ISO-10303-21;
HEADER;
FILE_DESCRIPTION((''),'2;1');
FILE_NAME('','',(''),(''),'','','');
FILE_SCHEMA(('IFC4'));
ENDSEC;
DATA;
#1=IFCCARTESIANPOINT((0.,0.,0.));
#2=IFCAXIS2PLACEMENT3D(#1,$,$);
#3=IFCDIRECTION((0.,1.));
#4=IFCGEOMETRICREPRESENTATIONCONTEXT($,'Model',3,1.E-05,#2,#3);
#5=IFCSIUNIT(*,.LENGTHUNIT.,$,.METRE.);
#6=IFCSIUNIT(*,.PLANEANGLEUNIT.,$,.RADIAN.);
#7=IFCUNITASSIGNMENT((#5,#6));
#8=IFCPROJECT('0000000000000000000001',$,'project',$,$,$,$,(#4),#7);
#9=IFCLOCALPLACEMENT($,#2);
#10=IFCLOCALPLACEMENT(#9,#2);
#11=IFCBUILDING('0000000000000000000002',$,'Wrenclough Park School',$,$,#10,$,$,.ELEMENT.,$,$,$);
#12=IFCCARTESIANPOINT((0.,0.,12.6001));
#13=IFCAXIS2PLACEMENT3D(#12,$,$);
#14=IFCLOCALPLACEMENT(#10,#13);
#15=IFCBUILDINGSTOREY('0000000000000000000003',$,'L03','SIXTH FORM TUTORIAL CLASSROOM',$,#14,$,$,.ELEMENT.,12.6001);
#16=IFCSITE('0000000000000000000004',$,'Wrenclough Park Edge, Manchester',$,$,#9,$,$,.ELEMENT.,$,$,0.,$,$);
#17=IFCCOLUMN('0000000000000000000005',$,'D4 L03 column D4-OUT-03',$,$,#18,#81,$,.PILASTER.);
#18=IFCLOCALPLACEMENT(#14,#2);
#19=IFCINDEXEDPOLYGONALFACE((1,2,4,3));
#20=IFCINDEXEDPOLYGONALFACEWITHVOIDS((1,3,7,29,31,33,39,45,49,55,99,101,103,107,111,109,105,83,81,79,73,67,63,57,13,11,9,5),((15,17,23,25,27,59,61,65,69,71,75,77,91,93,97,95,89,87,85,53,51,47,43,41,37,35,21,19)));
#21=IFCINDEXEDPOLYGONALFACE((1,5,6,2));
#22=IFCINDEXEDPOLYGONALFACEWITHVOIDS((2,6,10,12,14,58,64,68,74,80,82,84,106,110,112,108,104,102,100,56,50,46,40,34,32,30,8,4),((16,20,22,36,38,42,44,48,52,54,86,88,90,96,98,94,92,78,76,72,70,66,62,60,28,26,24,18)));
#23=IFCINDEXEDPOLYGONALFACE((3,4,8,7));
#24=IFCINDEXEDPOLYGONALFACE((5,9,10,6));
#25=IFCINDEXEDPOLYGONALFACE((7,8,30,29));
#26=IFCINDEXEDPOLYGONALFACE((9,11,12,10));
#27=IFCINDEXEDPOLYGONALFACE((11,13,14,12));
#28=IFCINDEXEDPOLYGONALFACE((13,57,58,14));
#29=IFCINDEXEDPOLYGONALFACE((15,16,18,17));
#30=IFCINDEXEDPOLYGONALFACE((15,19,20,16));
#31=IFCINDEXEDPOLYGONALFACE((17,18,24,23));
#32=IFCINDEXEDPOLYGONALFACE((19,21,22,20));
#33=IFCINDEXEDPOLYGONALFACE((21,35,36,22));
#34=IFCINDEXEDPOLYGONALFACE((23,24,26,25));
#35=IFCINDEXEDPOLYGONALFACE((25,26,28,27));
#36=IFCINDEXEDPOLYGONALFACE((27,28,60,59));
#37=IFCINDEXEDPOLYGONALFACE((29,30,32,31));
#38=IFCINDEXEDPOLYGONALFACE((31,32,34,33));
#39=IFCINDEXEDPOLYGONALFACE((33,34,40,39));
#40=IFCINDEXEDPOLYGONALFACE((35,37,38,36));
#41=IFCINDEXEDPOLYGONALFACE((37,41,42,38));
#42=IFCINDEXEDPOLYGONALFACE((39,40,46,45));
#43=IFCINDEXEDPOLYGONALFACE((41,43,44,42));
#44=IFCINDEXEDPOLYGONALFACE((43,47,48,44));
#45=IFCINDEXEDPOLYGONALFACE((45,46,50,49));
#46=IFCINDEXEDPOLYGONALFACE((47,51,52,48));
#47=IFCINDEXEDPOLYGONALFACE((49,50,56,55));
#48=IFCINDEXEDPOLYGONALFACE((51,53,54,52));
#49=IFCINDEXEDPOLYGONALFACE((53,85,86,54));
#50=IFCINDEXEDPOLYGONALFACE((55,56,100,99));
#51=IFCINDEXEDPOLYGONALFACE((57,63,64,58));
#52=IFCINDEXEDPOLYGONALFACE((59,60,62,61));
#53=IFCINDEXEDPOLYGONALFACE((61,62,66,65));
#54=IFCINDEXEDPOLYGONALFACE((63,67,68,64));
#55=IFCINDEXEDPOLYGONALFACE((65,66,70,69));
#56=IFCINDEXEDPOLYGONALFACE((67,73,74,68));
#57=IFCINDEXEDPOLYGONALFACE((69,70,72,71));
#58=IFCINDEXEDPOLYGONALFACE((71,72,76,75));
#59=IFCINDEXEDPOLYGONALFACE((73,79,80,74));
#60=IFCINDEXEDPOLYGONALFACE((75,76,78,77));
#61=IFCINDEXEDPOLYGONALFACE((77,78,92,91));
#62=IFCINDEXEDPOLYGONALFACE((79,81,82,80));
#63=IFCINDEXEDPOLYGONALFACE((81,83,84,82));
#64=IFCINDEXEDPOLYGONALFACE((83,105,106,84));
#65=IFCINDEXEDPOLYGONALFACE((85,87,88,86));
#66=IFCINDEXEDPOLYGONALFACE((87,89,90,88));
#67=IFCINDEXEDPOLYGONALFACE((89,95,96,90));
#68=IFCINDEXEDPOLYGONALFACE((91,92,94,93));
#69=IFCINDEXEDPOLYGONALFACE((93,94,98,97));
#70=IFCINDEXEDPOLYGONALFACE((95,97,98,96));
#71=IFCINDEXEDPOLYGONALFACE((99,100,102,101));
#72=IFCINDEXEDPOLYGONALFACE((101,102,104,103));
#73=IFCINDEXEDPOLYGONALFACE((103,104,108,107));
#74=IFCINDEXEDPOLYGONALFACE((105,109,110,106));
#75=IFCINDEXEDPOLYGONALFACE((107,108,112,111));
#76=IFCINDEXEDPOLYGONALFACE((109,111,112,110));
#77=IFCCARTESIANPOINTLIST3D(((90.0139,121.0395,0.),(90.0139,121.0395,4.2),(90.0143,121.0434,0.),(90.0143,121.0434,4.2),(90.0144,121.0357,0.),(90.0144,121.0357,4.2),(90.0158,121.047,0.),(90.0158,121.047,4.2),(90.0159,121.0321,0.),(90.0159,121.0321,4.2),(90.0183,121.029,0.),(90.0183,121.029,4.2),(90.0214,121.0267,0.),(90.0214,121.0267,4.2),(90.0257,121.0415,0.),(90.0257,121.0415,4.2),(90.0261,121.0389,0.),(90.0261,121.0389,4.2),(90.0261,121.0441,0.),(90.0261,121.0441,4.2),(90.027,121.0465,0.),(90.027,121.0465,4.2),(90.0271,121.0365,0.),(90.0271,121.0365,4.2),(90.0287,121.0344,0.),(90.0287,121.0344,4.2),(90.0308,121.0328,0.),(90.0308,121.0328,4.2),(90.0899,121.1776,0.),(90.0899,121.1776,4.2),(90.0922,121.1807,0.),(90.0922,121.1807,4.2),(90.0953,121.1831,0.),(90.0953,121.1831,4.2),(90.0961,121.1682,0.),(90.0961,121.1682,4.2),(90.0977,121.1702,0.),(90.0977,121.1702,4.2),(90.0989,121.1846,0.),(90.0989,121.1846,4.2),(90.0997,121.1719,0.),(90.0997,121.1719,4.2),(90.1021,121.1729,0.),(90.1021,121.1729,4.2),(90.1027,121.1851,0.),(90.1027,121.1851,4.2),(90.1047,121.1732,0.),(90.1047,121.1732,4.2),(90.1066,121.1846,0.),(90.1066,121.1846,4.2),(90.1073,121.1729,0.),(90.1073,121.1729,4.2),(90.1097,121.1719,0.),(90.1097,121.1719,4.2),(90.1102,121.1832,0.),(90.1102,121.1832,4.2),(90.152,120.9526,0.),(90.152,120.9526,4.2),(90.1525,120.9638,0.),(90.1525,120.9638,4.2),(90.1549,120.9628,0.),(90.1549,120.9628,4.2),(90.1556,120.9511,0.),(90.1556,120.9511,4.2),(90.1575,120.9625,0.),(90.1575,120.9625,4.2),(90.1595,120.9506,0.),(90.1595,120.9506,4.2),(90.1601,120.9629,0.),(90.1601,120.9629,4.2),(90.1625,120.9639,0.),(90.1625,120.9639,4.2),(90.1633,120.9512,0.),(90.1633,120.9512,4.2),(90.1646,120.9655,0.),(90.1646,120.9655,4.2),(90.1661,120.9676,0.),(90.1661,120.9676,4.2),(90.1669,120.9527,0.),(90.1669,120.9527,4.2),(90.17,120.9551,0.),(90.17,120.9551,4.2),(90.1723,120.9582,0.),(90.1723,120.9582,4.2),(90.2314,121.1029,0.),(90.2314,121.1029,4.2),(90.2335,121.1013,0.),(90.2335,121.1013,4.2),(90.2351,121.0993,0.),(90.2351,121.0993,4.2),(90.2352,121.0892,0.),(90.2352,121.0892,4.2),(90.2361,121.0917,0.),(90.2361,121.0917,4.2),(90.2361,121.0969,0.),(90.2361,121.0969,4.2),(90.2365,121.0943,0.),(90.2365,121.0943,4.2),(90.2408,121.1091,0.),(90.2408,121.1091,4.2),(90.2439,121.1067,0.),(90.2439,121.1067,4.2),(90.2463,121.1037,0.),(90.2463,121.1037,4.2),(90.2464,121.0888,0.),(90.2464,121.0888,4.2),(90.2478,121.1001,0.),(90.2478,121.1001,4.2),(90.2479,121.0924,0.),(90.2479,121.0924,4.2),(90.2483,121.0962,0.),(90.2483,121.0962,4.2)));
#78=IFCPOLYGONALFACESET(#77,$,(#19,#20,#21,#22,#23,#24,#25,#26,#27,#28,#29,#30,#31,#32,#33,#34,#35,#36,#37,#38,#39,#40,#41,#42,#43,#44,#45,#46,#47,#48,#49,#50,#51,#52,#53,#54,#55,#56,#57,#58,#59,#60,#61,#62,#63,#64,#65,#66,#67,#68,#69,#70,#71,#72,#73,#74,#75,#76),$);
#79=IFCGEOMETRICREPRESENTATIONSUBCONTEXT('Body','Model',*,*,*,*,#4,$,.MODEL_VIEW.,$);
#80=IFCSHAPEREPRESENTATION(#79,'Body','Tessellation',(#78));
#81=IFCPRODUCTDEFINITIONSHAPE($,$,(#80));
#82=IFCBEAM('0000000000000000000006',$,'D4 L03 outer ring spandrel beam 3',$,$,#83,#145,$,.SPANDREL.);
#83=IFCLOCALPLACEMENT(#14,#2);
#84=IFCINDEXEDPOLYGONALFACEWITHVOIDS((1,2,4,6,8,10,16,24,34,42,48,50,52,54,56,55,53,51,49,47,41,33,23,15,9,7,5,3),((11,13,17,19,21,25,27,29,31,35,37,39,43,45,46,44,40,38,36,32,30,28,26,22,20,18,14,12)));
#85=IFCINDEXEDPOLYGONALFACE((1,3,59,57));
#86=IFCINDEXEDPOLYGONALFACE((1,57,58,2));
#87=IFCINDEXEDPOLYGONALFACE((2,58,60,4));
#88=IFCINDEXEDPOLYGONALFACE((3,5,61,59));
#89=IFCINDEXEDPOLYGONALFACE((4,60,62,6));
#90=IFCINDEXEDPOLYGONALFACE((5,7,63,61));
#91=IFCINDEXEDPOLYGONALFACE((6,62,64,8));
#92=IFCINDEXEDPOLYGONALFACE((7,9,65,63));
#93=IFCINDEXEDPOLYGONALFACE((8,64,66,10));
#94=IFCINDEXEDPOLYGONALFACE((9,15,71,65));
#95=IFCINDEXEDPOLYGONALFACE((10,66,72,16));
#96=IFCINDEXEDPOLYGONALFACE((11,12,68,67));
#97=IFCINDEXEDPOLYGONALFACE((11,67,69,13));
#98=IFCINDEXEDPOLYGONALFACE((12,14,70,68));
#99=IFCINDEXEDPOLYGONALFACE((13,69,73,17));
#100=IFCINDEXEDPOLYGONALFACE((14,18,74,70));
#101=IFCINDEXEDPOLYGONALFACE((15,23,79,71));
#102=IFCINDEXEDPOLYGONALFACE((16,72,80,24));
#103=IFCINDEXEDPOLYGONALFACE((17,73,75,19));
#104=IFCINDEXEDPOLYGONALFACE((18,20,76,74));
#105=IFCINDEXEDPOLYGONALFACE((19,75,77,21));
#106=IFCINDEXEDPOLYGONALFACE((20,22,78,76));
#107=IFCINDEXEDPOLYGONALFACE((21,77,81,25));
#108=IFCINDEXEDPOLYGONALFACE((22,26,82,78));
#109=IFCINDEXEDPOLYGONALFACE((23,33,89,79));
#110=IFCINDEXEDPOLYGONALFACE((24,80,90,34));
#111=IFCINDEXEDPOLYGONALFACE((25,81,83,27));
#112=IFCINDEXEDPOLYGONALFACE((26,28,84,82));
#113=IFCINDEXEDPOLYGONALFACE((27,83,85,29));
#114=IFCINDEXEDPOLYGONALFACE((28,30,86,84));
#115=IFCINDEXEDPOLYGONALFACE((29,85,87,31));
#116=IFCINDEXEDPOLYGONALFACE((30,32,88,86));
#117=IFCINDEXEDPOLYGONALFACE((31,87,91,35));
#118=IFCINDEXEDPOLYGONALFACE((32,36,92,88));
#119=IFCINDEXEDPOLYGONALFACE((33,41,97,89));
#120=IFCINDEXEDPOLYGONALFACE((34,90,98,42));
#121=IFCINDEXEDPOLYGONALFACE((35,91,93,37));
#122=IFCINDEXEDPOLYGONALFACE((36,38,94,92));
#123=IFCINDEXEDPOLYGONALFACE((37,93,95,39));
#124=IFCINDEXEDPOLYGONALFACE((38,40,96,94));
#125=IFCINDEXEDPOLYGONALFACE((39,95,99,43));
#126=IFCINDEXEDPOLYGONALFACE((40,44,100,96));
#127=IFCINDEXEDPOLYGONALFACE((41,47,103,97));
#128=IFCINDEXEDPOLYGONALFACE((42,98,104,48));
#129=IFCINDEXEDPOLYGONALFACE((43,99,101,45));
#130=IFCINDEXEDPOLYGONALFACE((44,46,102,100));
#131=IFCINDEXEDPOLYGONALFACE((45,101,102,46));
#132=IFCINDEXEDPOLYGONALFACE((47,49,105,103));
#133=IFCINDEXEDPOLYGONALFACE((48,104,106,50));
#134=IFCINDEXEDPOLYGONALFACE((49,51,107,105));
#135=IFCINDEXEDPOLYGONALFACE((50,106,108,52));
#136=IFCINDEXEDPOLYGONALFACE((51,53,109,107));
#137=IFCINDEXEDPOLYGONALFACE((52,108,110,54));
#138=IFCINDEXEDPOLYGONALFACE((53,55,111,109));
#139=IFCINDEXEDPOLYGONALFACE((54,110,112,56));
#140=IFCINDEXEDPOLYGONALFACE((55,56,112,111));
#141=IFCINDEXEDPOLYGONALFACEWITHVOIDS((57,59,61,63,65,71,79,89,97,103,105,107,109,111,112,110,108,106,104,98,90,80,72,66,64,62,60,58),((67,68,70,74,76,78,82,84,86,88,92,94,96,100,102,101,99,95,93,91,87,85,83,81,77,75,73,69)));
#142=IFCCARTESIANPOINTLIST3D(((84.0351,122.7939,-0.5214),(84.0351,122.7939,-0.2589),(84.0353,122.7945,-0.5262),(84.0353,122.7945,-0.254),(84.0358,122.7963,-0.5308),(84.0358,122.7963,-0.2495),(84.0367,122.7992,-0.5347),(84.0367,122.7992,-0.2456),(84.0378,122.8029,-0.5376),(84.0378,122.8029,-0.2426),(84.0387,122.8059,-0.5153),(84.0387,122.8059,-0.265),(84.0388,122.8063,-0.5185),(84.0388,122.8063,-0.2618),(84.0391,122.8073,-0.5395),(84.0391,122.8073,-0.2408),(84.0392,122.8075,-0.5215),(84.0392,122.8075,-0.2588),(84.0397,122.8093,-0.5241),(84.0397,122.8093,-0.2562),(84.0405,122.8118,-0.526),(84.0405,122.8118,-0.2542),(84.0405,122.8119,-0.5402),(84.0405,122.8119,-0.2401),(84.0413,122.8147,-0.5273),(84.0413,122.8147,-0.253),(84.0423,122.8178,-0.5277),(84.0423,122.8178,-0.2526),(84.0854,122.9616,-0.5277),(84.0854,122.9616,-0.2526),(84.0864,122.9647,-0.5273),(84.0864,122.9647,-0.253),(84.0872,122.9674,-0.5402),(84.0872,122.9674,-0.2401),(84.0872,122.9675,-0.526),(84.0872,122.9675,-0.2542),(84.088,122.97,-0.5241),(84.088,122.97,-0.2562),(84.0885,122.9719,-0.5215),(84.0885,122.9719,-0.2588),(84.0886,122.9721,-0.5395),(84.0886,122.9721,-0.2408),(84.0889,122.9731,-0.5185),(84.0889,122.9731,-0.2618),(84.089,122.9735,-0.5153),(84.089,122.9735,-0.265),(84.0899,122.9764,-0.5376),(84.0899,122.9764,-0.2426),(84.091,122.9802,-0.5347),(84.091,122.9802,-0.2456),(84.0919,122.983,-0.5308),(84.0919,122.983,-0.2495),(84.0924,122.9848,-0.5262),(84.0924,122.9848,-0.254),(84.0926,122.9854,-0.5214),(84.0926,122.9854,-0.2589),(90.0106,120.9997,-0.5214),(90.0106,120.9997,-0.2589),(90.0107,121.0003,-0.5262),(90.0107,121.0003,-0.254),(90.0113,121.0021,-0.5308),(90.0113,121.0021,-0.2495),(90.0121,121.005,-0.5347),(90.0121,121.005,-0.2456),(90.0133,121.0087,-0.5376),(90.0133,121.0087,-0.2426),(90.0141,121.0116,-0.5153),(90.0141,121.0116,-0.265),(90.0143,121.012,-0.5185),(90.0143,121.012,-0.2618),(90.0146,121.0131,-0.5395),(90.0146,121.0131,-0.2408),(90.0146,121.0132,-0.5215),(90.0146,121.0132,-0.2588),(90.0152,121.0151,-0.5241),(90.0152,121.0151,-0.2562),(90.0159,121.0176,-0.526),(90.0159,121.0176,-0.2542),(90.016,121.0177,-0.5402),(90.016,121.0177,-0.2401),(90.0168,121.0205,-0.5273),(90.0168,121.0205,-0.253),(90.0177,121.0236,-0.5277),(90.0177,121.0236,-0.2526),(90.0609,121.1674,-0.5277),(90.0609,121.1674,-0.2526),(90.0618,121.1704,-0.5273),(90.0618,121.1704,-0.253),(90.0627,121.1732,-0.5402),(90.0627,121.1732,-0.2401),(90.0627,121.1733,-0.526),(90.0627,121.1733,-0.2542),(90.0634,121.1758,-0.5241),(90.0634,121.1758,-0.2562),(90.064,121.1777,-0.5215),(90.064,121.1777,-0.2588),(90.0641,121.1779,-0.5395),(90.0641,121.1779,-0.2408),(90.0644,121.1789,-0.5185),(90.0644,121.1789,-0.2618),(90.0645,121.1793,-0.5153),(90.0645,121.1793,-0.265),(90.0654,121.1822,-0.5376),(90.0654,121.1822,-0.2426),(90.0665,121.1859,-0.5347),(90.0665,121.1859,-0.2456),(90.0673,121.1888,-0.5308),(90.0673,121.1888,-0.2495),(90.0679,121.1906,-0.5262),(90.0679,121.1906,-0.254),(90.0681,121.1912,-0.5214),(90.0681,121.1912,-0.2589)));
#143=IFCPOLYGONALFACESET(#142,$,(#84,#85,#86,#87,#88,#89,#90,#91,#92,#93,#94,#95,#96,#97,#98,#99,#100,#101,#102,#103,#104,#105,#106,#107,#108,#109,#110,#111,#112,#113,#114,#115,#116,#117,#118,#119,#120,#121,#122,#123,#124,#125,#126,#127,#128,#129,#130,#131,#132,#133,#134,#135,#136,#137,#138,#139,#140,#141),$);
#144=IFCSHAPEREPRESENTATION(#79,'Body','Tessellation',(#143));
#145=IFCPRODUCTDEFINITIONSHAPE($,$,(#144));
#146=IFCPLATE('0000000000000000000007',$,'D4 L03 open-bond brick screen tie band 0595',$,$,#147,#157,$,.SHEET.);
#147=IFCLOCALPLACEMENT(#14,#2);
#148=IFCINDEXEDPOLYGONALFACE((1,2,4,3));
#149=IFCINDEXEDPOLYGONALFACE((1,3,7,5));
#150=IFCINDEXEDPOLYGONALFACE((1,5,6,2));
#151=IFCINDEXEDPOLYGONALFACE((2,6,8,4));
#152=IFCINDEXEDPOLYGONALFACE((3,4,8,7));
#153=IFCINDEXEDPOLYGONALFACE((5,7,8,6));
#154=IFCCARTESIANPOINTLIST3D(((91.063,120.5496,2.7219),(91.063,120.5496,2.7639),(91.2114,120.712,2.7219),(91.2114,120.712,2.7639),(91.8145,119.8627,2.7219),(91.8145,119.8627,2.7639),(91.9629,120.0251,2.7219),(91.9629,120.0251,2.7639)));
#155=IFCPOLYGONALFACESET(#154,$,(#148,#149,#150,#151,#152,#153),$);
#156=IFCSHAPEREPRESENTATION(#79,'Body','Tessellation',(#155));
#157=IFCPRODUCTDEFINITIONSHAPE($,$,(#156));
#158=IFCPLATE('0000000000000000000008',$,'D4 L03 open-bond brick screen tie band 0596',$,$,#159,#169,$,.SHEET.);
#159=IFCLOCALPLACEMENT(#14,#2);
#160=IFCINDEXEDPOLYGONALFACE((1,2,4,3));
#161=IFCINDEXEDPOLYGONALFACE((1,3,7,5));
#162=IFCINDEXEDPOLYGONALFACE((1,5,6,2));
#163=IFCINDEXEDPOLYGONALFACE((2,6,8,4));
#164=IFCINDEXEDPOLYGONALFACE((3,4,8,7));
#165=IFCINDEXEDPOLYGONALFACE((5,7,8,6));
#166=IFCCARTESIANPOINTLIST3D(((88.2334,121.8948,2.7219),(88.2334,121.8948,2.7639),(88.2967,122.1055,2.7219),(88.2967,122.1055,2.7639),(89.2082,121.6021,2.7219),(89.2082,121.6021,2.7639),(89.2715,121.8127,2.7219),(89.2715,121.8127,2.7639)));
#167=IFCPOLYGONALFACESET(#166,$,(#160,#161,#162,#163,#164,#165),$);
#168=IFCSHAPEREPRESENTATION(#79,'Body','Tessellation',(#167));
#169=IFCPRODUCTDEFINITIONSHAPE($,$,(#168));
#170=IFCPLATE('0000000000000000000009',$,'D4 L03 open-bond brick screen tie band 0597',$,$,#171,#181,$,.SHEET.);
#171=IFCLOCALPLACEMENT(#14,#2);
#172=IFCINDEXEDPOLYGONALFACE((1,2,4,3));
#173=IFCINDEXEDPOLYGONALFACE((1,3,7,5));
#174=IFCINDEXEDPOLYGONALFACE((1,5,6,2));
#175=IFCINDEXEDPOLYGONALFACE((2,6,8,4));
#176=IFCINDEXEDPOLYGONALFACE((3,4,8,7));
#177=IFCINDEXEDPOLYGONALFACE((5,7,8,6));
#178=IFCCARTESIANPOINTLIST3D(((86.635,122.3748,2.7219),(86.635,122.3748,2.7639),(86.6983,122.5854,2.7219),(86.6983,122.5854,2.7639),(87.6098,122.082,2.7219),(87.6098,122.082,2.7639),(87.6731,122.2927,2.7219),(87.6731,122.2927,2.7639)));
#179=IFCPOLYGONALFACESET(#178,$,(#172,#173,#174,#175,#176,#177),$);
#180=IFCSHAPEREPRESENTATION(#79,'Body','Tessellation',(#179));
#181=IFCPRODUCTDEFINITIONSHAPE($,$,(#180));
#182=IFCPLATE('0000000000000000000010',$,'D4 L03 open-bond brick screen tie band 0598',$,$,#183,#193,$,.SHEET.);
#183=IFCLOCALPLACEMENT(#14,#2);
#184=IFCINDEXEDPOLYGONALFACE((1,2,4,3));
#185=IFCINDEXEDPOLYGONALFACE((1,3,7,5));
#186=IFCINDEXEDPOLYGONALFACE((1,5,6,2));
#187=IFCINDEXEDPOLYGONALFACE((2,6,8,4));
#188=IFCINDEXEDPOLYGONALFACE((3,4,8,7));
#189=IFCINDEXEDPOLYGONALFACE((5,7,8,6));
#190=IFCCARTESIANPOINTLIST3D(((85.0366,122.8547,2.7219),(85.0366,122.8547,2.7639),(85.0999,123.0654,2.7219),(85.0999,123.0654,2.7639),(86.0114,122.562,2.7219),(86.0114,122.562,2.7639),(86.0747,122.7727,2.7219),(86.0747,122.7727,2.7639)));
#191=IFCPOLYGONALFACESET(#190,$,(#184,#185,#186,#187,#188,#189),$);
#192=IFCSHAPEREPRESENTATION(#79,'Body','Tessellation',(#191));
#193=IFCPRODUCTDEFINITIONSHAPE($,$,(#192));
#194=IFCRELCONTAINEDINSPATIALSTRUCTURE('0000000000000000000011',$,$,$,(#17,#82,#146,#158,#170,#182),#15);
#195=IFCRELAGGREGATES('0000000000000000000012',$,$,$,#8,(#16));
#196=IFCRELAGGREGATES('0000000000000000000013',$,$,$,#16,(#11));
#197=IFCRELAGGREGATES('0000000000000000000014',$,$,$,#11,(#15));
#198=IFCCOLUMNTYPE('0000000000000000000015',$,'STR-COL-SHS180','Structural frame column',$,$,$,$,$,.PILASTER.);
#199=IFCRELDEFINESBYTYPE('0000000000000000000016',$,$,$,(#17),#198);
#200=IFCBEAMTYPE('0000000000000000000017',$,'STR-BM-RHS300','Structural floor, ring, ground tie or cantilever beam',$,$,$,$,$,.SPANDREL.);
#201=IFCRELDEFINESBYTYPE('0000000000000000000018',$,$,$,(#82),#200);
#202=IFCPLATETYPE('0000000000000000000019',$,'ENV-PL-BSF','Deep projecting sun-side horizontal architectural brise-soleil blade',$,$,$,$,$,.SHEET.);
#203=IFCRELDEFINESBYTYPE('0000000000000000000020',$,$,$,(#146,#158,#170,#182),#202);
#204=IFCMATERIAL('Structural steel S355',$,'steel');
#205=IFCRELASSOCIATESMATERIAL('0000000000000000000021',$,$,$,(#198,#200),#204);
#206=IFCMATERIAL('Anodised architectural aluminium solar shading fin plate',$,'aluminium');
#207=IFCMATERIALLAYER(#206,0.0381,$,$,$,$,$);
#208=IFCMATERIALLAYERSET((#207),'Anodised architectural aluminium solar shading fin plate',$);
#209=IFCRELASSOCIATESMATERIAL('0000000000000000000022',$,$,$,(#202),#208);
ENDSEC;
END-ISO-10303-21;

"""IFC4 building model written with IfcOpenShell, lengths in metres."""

from ifc_helpers import new_model, si_unit, direction, frame, origin, origin_2d, place, context, subcontext, project, spatial, rectangle, hollow_rectangle, extrude, material, layer, layer_set, material_profile, profile_set, type_object, element, save


model = new_model("IFC4")

# Units and contexts
model_context = context("Model", 3, precision=1e-05, world=origin(), true_north=direction((0.0, 1.0)))
body_context = subcontext(model_context, "Body", "Model", "MODEL_VIEW")
ifc_project = project(units=[si_unit("LENGTHUNIT", "METRE"), si_unit("PLANEANGLEUNIT", "RADIAN")], contexts=[model_context])

# Site, building, storey
site_placement = place(None, origin())
site = spatial("IfcSite", under=ifc_project, at=site_placement, Name="Wrenclough Park Edge, Manchester", CompositionType="ELEMENT", RefElevation=0.0)
building_placement = place(site_placement, origin())
building = spatial("IfcBuilding", under=site, at=building_placement, Name="Wrenclough Park School", CompositionType="ELEMENT")
storey_placement = place(building_placement, frame((0.0, 0.0, 12.6001)))
storey = spatial("IfcBuildingStorey", under=building, at=storey_placement, Name="L03", Description="SIXTH FORM TUTORIAL CLASSROOM", CompositionType="ELEMENT", Elevation=12.6001)

# Column
ifc_material_1 = material(Name="Structural steel S355", Category="steel")
ifc_material_profile_1 = material_profile(ifc_material_1, hollow_rectangle(XDim=0.1799, YDim=0.1799, WallThickness=0.01, InnerFilletRadius=0.01, OuterFilletRadius=0.0149, at=origin_2d()), Name="SHS 180x180x10.0")
ifc_profile_set_1 = profile_set([ifc_material_profile_1], Name="Structural steel S355")
column_type = type_object("IfcColumnType", Name="STR-COL-SHS180", Description="Structural frame column", PredefinedType="PILASTER", material=ifc_profile_set_1)
column_placement = place(storey_placement, frame((90.1311, 121.0679, 0.0), z_axis=(0.0, 0.0, 1.0), x_axis=(-0.869753, 0.493487, 0.0)))
element("IfcColumn", 1, at=column_placement, inside=storey, type_object=column_type, Name="D4 L03 column D4-OUT-03", PredefinedType="PILASTER", context=body_context, shape_type="SweptSolid", body=[
    extrude(hollow_rectangle(XDim=0.1799, YDim=0.1799, WallThickness=0.01, InnerFilletRadius=0.01, OuterFilletRadius=0.0149, at=origin_2d()), origin(), (0.0, 0.0, 1.0), 4.2),
])

# Beam
ifc_material_profile_2 = material_profile(ifc_material_1, hollow_rectangle(XDim=0.2, YDim=0.3, WallThickness=0.0125, InnerFilletRadius=0.0125, OuterFilletRadius=0.0188, at=origin_2d()), Name="RHS 300x200x12.5")
ifc_profile_set_2 = profile_set([ifc_material_profile_2], Name="Structural steel S355")
beam_type = type_object("IfcBeamType", Name="STR-BM-RHS300", Description="Structural floor, ring, ground tie or cantilever beam", PredefinedType="SPANDREL", material=ifc_profile_set_2)
beam_placement = place(storey_placement, frame((90.0393, 121.0955, -0.3901), z_axis=(-0.957756, 0.287581, 0.0), x_axis=(-0.287581, -0.957756, 0.0)))
element("IfcBeam", 2, at=beam_placement, inside=storey, type_object=beam_type, Name="D4 L03 outer ring spandrel beam 3", PredefinedType="SPANDREL", context=body_context, shape_type="SweptSolid", body=[
    extrude(hollow_rectangle(XDim=0.2, YDim=0.3, WallThickness=0.0125, InnerFilletRadius=0.0125, OuterFilletRadius=0.0188, at=origin_2d()), origin(), (0.0, 0.0, 1.0), 6.239),
])

# Plates
ifc_material_2 = material(Name="Anodised architectural aluminium solar shading fin plate", Category="aluminium")
ifc_layer_1 = layer(ifc_material_2, 0.0381)
ifc_layer_set_1 = layer_set([ifc_layer_1], Name="Anodised architectural aluminium solar shading fin plate")
plate_type = type_object("IfcPlateType", Name="ENV-PL-BSF", Description="Deep projecting sun-side horizontal architectural brise-soleil blade", PredefinedType="SHEET", material=ifc_layer_set_1)
plate_placement = place(storey_placement, frame((91.5129, 120.2874, 2.7219), z_axis=(0.0, 0.0, 1.0), x_axis=(-0.738122, 0.674667, 0.0)))
element("IfcPlate", 3, at=plate_placement, inside=storey, type_object=plate_type, Name="D4 L03 open-bond brick screen tie band 0595", PredefinedType="SHEET", context=body_context, shape_type="SweptSolid", body=[
    extrude(rectangle(XDim=1.0181, YDim=0.22, at=origin_2d()), origin(), (0.0, 0.0, 1.0), 0.042),
])
for number, where, z_axis, x_axis, name in (
    (4, (88.7524, 121.8538, 2.7219), (0.0, 0.0, 1.0), (-0.957751, 0.287598, 0.0), "D4 L03 open-bond brick screen tie band 0596"),
    (5, (87.1541, 122.3337, 2.7219), (0.0, 0.0, 1.0), (-0.957751, 0.287598, 0.0), "D4 L03 open-bond brick screen tie band 0597"),
    (6, (85.5557, 122.8137, 2.7219), (0.0, 0.0, 1.0), (-0.957751, 0.287598, 0.0), "D4 L03 open-bond brick screen tie band 0598"),
):
    element("IfcPlate", number, at=place(storey_placement, frame(where, z_axis=z_axis, x_axis=x_axis)), inside=storey, type_object=plate_type, Name=name, PredefinedType="SHEET", context=body_context, shape_type="SweptSolid", body=[
        extrude(rectangle(XDim=1.0178, YDim=0.22, at=origin_2d()), origin(), (0.0, 0.0, 1.0), 0.042),
    ])

save(model, "model.ifc")
